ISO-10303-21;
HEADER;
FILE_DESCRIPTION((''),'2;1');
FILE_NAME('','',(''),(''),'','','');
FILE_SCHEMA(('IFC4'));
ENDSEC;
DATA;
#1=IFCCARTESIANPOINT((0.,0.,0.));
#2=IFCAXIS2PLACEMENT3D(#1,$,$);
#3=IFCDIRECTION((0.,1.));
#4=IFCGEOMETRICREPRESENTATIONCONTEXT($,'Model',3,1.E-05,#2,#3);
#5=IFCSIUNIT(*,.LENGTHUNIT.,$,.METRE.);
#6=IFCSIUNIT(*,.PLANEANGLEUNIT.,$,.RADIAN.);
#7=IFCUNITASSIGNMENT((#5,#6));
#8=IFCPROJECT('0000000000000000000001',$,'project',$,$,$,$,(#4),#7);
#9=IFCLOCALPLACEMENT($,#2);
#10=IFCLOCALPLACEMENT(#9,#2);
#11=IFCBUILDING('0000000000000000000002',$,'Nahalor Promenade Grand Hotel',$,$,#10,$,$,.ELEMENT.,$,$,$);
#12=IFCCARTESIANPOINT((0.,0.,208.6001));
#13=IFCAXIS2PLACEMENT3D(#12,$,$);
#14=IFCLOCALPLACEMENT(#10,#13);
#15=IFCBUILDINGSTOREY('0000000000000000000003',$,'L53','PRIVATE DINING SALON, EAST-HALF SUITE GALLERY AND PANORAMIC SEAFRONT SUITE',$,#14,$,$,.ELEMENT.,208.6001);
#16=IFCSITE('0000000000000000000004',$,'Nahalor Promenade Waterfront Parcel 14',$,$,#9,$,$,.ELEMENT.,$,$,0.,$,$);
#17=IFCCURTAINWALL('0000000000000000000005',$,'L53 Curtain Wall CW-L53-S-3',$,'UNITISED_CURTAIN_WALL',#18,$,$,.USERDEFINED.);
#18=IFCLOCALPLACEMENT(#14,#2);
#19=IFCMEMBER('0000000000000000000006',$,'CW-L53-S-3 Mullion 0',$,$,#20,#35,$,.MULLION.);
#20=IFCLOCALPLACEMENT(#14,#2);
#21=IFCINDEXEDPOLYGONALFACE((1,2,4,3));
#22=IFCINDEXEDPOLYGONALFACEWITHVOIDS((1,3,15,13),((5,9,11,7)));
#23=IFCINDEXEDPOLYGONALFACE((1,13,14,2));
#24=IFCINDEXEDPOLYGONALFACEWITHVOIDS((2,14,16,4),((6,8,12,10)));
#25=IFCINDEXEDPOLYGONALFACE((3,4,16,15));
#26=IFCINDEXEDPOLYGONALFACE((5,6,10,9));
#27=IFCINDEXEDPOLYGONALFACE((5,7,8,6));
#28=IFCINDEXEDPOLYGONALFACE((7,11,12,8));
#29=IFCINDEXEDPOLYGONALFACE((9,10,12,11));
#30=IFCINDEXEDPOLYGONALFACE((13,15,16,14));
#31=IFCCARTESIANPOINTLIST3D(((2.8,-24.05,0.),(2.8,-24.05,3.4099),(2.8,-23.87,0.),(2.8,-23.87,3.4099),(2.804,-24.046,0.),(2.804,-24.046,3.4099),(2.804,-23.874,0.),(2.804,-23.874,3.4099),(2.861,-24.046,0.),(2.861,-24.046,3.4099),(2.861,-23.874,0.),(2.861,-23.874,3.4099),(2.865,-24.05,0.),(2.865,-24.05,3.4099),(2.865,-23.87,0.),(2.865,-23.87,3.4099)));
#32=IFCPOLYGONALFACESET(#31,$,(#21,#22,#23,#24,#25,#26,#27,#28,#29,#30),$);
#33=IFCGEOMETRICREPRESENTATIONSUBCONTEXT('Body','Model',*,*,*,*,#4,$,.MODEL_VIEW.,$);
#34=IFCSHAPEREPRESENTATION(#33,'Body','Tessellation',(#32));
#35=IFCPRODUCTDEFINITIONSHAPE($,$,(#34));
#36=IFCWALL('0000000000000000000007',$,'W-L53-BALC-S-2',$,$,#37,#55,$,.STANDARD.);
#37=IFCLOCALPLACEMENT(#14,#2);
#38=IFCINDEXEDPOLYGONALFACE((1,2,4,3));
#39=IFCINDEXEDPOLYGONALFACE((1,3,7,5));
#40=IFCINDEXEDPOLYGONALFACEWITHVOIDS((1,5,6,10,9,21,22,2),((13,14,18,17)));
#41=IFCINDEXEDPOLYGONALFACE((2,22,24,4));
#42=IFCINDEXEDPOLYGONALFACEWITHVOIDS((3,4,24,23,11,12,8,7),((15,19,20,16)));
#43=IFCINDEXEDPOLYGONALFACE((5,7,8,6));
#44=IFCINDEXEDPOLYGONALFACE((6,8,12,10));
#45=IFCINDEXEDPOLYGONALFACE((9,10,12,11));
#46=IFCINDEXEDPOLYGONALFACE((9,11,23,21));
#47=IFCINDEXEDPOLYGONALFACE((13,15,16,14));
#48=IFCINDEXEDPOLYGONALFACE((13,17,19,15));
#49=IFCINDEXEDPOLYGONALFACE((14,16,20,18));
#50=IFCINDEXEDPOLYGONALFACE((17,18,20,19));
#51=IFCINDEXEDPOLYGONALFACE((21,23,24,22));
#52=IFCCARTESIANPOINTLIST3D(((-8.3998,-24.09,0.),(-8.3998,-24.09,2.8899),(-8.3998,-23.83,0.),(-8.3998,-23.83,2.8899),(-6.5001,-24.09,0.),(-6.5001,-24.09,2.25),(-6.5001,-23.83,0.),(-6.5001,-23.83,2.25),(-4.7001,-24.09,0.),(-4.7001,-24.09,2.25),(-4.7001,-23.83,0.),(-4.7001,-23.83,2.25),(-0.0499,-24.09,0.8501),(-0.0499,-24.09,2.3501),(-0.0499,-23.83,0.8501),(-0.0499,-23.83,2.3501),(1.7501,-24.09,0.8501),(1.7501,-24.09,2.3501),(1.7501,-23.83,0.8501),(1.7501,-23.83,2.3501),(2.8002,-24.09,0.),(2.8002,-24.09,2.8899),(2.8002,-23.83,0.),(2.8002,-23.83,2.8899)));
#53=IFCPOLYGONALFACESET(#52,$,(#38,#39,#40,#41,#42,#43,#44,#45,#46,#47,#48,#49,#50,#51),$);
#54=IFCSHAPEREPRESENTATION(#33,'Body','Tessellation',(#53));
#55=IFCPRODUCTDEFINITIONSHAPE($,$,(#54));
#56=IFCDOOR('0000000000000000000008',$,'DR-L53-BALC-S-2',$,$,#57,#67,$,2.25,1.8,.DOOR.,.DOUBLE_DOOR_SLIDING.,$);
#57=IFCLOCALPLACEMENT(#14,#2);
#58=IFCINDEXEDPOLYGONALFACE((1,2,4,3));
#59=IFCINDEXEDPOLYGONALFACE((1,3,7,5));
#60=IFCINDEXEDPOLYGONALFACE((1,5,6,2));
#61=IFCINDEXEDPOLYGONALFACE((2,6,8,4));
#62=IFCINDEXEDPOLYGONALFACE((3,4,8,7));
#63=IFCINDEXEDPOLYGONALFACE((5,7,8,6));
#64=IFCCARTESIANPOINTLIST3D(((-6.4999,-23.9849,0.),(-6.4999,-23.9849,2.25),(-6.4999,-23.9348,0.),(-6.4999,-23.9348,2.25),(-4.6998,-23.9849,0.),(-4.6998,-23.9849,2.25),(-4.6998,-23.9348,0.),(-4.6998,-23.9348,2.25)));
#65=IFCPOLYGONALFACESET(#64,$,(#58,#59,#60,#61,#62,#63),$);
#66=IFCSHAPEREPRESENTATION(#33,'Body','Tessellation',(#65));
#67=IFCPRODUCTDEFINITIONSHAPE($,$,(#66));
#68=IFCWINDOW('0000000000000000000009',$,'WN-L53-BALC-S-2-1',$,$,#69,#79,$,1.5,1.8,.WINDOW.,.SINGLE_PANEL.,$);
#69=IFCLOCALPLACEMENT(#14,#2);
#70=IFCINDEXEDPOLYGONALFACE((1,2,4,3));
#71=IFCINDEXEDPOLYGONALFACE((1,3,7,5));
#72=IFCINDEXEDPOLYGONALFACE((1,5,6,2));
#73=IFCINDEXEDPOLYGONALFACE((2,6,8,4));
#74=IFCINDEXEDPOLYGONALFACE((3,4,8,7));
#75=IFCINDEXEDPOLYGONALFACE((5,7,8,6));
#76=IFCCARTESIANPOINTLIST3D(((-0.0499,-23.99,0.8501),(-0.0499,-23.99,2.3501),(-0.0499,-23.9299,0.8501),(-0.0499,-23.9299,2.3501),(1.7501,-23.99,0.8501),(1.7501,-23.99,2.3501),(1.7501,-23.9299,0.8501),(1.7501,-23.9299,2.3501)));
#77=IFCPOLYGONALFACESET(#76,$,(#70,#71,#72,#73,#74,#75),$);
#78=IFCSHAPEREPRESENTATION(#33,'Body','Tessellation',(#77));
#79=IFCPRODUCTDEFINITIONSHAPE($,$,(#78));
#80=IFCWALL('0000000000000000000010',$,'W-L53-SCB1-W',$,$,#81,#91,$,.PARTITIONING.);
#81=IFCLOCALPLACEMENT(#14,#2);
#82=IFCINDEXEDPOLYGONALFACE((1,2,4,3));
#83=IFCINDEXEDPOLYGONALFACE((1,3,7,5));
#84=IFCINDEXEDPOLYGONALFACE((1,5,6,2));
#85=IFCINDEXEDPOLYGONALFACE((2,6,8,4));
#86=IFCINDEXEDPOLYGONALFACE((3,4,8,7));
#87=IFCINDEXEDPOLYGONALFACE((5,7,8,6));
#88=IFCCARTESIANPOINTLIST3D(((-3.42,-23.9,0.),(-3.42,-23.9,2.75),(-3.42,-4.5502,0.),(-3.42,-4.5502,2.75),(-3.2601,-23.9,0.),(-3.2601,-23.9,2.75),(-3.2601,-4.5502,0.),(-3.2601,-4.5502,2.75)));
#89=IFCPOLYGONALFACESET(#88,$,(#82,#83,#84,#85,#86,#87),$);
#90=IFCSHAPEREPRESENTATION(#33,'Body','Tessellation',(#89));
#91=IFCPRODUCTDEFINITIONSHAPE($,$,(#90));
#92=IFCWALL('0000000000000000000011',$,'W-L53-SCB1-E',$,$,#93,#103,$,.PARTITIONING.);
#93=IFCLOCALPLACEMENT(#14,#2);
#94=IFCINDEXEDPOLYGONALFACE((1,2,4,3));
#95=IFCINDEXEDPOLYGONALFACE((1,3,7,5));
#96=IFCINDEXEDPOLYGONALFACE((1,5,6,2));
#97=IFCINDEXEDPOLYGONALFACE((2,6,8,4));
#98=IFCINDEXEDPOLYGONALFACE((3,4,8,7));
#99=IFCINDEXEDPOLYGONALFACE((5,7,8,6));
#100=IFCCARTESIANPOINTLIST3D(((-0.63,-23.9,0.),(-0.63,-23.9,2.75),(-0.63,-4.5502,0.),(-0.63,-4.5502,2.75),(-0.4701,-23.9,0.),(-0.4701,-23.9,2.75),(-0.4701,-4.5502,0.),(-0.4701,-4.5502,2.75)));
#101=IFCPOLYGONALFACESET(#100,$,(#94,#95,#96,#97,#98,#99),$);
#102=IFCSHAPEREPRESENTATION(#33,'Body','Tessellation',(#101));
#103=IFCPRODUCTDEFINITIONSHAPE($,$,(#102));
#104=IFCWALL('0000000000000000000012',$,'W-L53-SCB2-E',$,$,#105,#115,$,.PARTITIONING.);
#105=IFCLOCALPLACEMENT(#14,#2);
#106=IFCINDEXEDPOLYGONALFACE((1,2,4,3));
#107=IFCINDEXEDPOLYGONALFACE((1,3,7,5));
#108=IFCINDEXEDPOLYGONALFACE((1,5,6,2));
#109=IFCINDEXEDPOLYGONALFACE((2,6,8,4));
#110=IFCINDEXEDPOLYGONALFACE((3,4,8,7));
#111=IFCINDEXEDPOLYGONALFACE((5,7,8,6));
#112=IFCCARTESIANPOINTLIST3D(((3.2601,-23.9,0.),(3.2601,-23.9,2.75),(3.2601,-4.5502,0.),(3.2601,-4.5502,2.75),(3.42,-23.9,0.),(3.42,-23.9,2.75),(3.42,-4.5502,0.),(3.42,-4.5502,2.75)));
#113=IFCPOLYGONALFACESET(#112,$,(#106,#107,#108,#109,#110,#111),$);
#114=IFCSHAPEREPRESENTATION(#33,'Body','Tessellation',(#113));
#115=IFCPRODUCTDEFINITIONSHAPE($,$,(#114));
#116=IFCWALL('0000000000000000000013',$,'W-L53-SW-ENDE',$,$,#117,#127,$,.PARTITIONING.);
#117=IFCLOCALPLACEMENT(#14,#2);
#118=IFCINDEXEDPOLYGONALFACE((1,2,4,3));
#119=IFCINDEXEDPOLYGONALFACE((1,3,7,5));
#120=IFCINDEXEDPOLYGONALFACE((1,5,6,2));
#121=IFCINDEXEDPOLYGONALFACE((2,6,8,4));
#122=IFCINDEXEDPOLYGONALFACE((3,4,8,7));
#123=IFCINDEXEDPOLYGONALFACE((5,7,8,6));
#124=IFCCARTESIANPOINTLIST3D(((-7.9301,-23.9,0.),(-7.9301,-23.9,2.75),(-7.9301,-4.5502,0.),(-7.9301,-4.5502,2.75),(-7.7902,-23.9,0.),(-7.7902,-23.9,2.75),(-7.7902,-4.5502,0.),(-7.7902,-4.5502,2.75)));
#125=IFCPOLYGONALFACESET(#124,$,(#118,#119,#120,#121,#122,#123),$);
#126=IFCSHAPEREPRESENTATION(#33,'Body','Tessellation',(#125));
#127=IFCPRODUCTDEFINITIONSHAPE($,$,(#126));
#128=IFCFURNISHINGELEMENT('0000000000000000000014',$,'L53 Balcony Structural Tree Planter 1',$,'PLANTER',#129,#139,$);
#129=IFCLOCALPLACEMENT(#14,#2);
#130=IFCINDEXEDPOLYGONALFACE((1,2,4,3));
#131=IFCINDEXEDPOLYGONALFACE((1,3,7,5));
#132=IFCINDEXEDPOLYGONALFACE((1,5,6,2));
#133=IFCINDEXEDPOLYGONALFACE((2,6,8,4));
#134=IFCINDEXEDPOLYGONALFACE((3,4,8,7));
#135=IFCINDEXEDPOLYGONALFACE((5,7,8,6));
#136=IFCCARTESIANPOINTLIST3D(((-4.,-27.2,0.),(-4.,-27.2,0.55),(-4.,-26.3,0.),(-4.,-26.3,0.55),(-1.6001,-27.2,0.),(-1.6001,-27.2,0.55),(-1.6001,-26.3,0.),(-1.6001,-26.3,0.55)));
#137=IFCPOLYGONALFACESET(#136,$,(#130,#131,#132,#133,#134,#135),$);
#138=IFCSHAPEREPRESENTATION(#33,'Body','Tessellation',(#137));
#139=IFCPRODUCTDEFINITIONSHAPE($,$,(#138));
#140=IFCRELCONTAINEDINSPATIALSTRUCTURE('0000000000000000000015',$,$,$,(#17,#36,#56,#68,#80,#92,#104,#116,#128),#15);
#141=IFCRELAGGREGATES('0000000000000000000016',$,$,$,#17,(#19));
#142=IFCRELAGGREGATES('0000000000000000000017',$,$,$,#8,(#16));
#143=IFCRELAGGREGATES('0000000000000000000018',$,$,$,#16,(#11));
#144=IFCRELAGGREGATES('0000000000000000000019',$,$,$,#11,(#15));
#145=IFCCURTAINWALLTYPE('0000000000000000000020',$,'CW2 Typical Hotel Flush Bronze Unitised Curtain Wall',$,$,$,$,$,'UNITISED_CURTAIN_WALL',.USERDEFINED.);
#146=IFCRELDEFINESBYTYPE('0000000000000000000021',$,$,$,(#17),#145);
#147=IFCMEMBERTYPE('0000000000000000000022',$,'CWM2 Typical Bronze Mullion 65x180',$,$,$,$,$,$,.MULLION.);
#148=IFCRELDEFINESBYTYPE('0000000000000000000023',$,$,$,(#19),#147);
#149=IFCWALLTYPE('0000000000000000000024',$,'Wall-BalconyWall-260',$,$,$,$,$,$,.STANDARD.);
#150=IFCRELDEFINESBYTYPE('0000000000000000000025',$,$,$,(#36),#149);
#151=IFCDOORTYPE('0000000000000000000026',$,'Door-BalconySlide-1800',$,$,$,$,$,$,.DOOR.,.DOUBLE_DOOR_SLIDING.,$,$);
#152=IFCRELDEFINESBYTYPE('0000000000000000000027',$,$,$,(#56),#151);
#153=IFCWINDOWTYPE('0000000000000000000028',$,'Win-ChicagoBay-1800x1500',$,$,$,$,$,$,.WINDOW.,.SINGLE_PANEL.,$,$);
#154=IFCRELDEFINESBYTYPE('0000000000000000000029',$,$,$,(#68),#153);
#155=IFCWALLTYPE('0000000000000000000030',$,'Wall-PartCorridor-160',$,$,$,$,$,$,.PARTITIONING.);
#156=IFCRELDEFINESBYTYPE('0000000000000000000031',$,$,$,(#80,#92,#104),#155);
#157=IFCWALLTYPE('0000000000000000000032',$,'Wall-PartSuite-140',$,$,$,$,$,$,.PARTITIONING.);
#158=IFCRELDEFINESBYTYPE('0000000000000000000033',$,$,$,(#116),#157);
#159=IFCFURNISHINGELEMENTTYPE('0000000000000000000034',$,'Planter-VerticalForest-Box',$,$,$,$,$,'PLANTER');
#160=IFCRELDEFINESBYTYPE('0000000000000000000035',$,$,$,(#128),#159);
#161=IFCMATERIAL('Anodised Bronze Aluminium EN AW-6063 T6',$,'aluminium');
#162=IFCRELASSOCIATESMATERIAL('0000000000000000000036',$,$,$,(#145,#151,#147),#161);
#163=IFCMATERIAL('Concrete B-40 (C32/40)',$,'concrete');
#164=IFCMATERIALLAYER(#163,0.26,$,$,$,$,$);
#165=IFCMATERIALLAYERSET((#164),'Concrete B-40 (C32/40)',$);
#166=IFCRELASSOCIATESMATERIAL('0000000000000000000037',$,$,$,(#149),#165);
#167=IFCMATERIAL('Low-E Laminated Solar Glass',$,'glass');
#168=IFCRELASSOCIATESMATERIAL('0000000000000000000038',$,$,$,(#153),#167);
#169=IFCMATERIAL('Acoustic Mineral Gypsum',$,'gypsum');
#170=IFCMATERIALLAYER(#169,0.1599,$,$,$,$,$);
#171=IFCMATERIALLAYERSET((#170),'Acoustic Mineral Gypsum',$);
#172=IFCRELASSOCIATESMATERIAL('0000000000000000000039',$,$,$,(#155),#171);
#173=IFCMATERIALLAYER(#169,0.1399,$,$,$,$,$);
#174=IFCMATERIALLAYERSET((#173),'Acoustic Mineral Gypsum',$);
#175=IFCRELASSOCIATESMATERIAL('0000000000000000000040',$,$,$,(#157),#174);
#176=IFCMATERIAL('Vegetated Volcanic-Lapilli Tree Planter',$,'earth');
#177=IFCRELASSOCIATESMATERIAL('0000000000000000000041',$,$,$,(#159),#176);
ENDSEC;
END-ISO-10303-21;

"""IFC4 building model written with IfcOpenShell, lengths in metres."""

from ifc_helpers import new_model, si_unit, direction, frame, frame_2d, origin, origin_2d, place, context, subcontext, project, spatial, rectangle, hollow_rectangle, extrude, source, transform, mapped, material, layer, layer_set, material_profile, profile_set, type_object, element, fill, aggregate, save


model = new_model("IFC4")

# Units and contexts
model_context = context("Model", 3, precision=1e-05, world=origin(), true_north=direction((0.0, 1.0)))
body_context = subcontext(model_context, "Body", "Model", "MODEL_VIEW")
ifc_project = project(units=[si_unit("LENGTHUNIT", "METRE"), si_unit("PLANEANGLEUNIT", "RADIAN")], contexts=[model_context])

# Site, building, storey
site_placement = place(None, origin())
site = spatial("IfcSite", under=ifc_project, at=site_placement, Name="Nahalor Promenade Waterfront Parcel 14", CompositionType="ELEMENT", RefElevation=0.0)
building_placement = place(site_placement, origin())
building = spatial("IfcBuilding", under=site, at=building_placement, Name="Nahalor Promenade Grand Hotel", CompositionType="ELEMENT")
storey_placement = place(building_placement, frame((0.0, 0.0, 208.6001)))
storey = spatial("IfcBuildingStorey", under=building, at=storey_placement, Name="L53", Description="PRIVATE DINING SALON, EAST-HALF SUITE GALLERY AND PANORAMIC SEAFRONT SUITE", CompositionType="ELEMENT", Elevation=208.6001)

# Curtain wall, member
ifc_material_1 = material(Name="Anodised Bronze Aluminium EN AW-6063 T6", Category="aluminium")
curtain_wall_type = type_object("IfcCurtainWallType", Name="CW2 Typical Hotel Flush Bronze Unitised Curtain Wall", ElementType="UNITISED_CURTAIN_WALL", PredefinedType="USERDEFINED", material=ifc_material_1)
curtain_wall_placement = place(storey_placement, origin())
curtain_wall = element("IfcCurtainWall", 1, at=curtain_wall_placement, inside=storey, type_object=curtain_wall_type, Name="L53 Curtain Wall CW-L53-S-3", ObjectType="UNITISED_CURTAIN_WALL", PredefinedType="USERDEFINED")
ifc_material_profile_1 = material_profile(ifc_material_1, hollow_rectangle(XDim=0.065, YDim=0.18, WallThickness=0.004, at=origin_2d()), Name="CWM 65x180x4")
ifc_profile_set_1 = profile_set([ifc_material_profile_1], Name="Anodised Bronze Aluminium EN AW-6063 T6")
member_type_1 = type_object("IfcMemberType", Name="CWM2 Typical Bronze Mullion 65x180", PredefinedType="MULLION", material=ifc_profile_set_1)
shared_shape_1 = source(origin(), body_context, "Body", "SweptSolid", [
    extrude(hollow_rectangle(XDim=0.065, YDim=0.18, WallThickness=0.004, at=origin_2d()), origin(), (0.0, 0.0, 1.0), 3.4099),
])
member_1_placement = place(storey_placement, frame((2.8325, -23.96, 0.0), z_axis=(0.0, 0.0, 1.0), x_axis=(1.0, 0.0, 0.0)))
member_1 = element("IfcMember", 2, at=member_1_placement, type_object=member_type_1, Name="CW-L53-S-3 Mullion 0", PredefinedType="MULLION", context=body_context, shape_type="MappedRepresentation", body=[
    mapped(shared_shape_1, transform((0.0, 0.0, 0.0), scale=1.0)),
])
aggregate(curtain_wall, [member_1])

# Wall, openings, door, window
ifc_material_2 = material(Name="Concrete B-40 (C32/40)", Category="concrete")
ifc_layer_1 = layer(ifc_material_2, 0.26)
ifc_layer_set_1 = layer_set([ifc_layer_1], Name="Concrete B-40 (C32/40)")
wall_type_1 = type_object("IfcWallType", Name="Wall-BalconyWall-260", PredefinedType="STANDARD", material=ifc_layer_set_1)
shared_shape_2 = source(origin(), body_context, "Body", "SweptSolid", [
    extrude(rectangle(XDim=11.2, YDim=0.26, at=frame_2d((5.6001, 0.0))), origin(), (0.0, 0.0, 1.0), 2.8899),
])
wall_1_placement = place(storey_placement, frame((-8.3999, -23.96, 0.0), z_axis=(0.0, 0.0, 1.0), x_axis=(1.0, 0.0, 0.0)))
wall_1 = element("IfcWall", 3, at=wall_1_placement, inside=storey, type_object=wall_type_1, Name="W-L53-BALC-S-2", PredefinedType="STANDARD", context=body_context, shape_type="MappedRepresentation", body=[
    mapped(shared_shape_2, transform((0.0, 0.0, 0.0), scale=1.0)),
])
opening_1_placement = place(wall_1_placement, frame((1.8999, 0.0, 0.0)))
opening_1 = element("IfcOpeningElement", 4, at=opening_1_placement, cuts=wall_1, PredefinedType="OPENING", context=body_context, shape_type="SweptSolid", body=[
    extrude(rectangle(XDim=1.8, YDim=2.25, at=frame_2d((0.8999, 1.125))), frame((0.0, 0.1399, 0.0), z_axis=(0.0, -1.0, 0.0), x_axis=(1.0, 0.0, 0.0)), (0.0, 0.0, 1.0), 0.28),
])
opening_2_placement = place(wall_1_placement, frame((8.3501, 0.0, 0.8501)))
opening_2 = element("IfcOpeningElement", 5, at=opening_2_placement, cuts=wall_1, PredefinedType="OPENING", context=body_context, shape_type="SweptSolid", body=[
    extrude(rectangle(XDim=1.8, YDim=1.5, at=frame_2d((0.8999, 0.75))), frame((0.0, 0.1399, 0.0), z_axis=(0.0, -1.0, 0.0), x_axis=(1.0, 0.0, 0.0)), (0.0, 0.0, 1.0), 0.28),
])
door_type = type_object("IfcDoorType", Name="Door-BalconySlide-1800", OperationType="DOUBLE_DOOR_SLIDING", PredefinedType="DOOR", material=ifc_material_1)
shared_shape_3 = source(origin(), body_context, "Body", "SweptSolid", [
    extrude(rectangle(XDim=1.8, YDim=2.25, at=frame_2d((0.8999, 1.125))), frame((0.0, 0.0249, 0.0), z_axis=(0.0, -1.0, 0.0), x_axis=(1.0, 0.0, 0.0)), (0.0, 0.0, 1.0), 0.05),
])
door_placement = place(opening_1_placement, frame((1.8, 0.0, 0.0), z_axis=(0.0, 0.0, 1.0), x_axis=(-1.0, 0.0, 0.0)))
door = element("IfcDoor", 6, at=door_placement, inside=storey, type_object=door_type, Name="DR-L53-BALC-S-2", OperationType="DOUBLE_DOOR_SLIDING", OverallHeight=2.25, OverallWidth=1.8, PredefinedType="DOOR", context=body_context, shape_type="MappedRepresentation", body=[
    mapped(shared_shape_3, transform((0.0, 0.0, 0.0), scale=1.0)),
])
fill(opening_1, door)
ifc_material_3 = material(Name="Low-E Laminated Solar Glass", Category="glass")
window_type = type_object("IfcWindowType", Name="Win-ChicagoBay-1800x1500", PartitioningType="SINGLE_PANEL", PredefinedType="WINDOW", material=ifc_material_3)
shared_shape_4 = source(origin(), body_context, "Body", "SweptSolid", [
    extrude(rectangle(XDim=1.8, YDim=1.5, at=frame_2d((0.8999, 0.75))), frame((0.0, 0.03, 0.0), z_axis=(0.0, -1.0, 0.0), x_axis=(1.0, 0.0, 0.0)), (0.0, 0.0, 1.0), 0.0601),
])
window_placement = place(opening_2_placement, origin())
window = element("IfcWindow", 7, at=window_placement, inside=storey, type_object=window_type, Name="WN-L53-BALC-S-2-1", OverallHeight=1.5, OverallWidth=1.8, PartitioningType="SINGLE_PANEL", PredefinedType="WINDOW", context=body_context, shape_type="MappedRepresentation", body=[
    mapped(shared_shape_4, transform((0.0, 0.0, 0.0), scale=1.0)),
])
fill(opening_2, window)

# Walls
ifc_material_4 = material(Name="Acoustic Mineral Gypsum", Category="gypsum")
ifc_layer_2 = layer(ifc_material_4, 0.1599)
ifc_layer_set_2 = layer_set([ifc_layer_2], Name="Acoustic Mineral Gypsum")
wall_type_2 = type_object("IfcWallType", Name="Wall-PartCorridor-160", PredefinedType="PARTITIONING", material=ifc_layer_set_2)
shared_shape_5 = source(origin(), body_context, "Body", "SweptSolid", [
    extrude(rectangle(XDim=19.3499, YDim=0.1599, at=frame_2d((9.6748, 0.0))), origin(), (0.0, 0.0, 1.0), 2.75),
])
for number, where, z_axis, x_axis, name in (
    (8, (-3.3401, -23.8999, 0.0), (0.0, 0.0, 1.0), (0.0, 1.0, 0.0), "W-L53-SCB1-W"),
    (9, (-0.55, -23.8999, 0.0), (0.0, 0.0, 1.0), (0.0, 1.0, 0.0), "W-L53-SCB1-E"),
    (10, (3.3401, -23.8999, 0.0), (0.0, 0.0, 1.0), (0.0, 1.0, 0.0), "W-L53-SCB2-E"),
):
    element("IfcWall", number, at=place(storey_placement, frame(where, z_axis=z_axis, x_axis=x_axis)), inside=storey, type_object=wall_type_2, Name=name, PredefinedType="PARTITIONING", context=body_context, shape_type="MappedRepresentation", body=[
        mapped(shared_shape_5, transform((0.0, 0.0, 0.0), scale=1.0)),
    ])
ifc_layer_3 = layer(ifc_material_4, 0.1399)
ifc_layer_set_3 = layer_set([ifc_layer_3], Name="Acoustic Mineral Gypsum")
wall_type_3 = type_object("IfcWallType", Name="Wall-PartSuite-140", PredefinedType="PARTITIONING", material=ifc_layer_set_3)
shared_shape_6 = source(origin(), body_context, "Body", "SweptSolid", [
    extrude(rectangle(XDim=19.3499, YDim=0.1399, at=frame_2d((9.6748, 0.0))), origin(), (0.0, 0.0, 1.0), 2.75),
])
wall_2_placement = place(storey_placement, frame((-7.8601, -23.8999, 0.0), z_axis=(0.0, 0.0, 1.0), x_axis=(0.0, 1.0, 0.0)))
element("IfcWall", 11, at=wall_2_placement, inside=storey, type_object=wall_type_3, Name="W-L53-SW-ENDE", PredefinedType="PARTITIONING", context=body_context, shape_type="MappedRepresentation", body=[
    mapped(shared_shape_6, transform((0.0, 0.0, 0.0), scale=1.0)),
])

# Furnishing element
ifc_material_5 = material(Name="Vegetated Volcanic-Lapilli Tree Planter", Category="earth")
furnishing_element_type = type_object("IfcFurnishingElementType", Name="Planter-VerticalForest-Box", ElementType="PLANTER", material=ifc_material_5)
shared_shape_7 = source(origin(), body_context, "Body", "SweptSolid", [
    extrude(rectangle(XDim=2.3999, YDim=0.8999, at=origin_2d()), origin(), (0.0, 0.0, 1.0), 0.55),
])
furnishing_placement = place(storey_placement, frame((-2.8, -26.75, 0.0), z_axis=(0.0, 0.0, 1.0), x_axis=(1.0, 0.0, 0.0)))
element("IfcFurnishingElement", 12, at=furnishing_placement, inside=storey, type_object=furnishing_element_type, Name="L53 Balcony Structural Tree Planter 1", ObjectType="PLANTER", context=body_context, shape_type="MappedRepresentation", body=[
    mapped(shared_shape_7, transform((0.0, 0.0, 0.0), scale=1.0)),
])

save(model, "model.ifc")
